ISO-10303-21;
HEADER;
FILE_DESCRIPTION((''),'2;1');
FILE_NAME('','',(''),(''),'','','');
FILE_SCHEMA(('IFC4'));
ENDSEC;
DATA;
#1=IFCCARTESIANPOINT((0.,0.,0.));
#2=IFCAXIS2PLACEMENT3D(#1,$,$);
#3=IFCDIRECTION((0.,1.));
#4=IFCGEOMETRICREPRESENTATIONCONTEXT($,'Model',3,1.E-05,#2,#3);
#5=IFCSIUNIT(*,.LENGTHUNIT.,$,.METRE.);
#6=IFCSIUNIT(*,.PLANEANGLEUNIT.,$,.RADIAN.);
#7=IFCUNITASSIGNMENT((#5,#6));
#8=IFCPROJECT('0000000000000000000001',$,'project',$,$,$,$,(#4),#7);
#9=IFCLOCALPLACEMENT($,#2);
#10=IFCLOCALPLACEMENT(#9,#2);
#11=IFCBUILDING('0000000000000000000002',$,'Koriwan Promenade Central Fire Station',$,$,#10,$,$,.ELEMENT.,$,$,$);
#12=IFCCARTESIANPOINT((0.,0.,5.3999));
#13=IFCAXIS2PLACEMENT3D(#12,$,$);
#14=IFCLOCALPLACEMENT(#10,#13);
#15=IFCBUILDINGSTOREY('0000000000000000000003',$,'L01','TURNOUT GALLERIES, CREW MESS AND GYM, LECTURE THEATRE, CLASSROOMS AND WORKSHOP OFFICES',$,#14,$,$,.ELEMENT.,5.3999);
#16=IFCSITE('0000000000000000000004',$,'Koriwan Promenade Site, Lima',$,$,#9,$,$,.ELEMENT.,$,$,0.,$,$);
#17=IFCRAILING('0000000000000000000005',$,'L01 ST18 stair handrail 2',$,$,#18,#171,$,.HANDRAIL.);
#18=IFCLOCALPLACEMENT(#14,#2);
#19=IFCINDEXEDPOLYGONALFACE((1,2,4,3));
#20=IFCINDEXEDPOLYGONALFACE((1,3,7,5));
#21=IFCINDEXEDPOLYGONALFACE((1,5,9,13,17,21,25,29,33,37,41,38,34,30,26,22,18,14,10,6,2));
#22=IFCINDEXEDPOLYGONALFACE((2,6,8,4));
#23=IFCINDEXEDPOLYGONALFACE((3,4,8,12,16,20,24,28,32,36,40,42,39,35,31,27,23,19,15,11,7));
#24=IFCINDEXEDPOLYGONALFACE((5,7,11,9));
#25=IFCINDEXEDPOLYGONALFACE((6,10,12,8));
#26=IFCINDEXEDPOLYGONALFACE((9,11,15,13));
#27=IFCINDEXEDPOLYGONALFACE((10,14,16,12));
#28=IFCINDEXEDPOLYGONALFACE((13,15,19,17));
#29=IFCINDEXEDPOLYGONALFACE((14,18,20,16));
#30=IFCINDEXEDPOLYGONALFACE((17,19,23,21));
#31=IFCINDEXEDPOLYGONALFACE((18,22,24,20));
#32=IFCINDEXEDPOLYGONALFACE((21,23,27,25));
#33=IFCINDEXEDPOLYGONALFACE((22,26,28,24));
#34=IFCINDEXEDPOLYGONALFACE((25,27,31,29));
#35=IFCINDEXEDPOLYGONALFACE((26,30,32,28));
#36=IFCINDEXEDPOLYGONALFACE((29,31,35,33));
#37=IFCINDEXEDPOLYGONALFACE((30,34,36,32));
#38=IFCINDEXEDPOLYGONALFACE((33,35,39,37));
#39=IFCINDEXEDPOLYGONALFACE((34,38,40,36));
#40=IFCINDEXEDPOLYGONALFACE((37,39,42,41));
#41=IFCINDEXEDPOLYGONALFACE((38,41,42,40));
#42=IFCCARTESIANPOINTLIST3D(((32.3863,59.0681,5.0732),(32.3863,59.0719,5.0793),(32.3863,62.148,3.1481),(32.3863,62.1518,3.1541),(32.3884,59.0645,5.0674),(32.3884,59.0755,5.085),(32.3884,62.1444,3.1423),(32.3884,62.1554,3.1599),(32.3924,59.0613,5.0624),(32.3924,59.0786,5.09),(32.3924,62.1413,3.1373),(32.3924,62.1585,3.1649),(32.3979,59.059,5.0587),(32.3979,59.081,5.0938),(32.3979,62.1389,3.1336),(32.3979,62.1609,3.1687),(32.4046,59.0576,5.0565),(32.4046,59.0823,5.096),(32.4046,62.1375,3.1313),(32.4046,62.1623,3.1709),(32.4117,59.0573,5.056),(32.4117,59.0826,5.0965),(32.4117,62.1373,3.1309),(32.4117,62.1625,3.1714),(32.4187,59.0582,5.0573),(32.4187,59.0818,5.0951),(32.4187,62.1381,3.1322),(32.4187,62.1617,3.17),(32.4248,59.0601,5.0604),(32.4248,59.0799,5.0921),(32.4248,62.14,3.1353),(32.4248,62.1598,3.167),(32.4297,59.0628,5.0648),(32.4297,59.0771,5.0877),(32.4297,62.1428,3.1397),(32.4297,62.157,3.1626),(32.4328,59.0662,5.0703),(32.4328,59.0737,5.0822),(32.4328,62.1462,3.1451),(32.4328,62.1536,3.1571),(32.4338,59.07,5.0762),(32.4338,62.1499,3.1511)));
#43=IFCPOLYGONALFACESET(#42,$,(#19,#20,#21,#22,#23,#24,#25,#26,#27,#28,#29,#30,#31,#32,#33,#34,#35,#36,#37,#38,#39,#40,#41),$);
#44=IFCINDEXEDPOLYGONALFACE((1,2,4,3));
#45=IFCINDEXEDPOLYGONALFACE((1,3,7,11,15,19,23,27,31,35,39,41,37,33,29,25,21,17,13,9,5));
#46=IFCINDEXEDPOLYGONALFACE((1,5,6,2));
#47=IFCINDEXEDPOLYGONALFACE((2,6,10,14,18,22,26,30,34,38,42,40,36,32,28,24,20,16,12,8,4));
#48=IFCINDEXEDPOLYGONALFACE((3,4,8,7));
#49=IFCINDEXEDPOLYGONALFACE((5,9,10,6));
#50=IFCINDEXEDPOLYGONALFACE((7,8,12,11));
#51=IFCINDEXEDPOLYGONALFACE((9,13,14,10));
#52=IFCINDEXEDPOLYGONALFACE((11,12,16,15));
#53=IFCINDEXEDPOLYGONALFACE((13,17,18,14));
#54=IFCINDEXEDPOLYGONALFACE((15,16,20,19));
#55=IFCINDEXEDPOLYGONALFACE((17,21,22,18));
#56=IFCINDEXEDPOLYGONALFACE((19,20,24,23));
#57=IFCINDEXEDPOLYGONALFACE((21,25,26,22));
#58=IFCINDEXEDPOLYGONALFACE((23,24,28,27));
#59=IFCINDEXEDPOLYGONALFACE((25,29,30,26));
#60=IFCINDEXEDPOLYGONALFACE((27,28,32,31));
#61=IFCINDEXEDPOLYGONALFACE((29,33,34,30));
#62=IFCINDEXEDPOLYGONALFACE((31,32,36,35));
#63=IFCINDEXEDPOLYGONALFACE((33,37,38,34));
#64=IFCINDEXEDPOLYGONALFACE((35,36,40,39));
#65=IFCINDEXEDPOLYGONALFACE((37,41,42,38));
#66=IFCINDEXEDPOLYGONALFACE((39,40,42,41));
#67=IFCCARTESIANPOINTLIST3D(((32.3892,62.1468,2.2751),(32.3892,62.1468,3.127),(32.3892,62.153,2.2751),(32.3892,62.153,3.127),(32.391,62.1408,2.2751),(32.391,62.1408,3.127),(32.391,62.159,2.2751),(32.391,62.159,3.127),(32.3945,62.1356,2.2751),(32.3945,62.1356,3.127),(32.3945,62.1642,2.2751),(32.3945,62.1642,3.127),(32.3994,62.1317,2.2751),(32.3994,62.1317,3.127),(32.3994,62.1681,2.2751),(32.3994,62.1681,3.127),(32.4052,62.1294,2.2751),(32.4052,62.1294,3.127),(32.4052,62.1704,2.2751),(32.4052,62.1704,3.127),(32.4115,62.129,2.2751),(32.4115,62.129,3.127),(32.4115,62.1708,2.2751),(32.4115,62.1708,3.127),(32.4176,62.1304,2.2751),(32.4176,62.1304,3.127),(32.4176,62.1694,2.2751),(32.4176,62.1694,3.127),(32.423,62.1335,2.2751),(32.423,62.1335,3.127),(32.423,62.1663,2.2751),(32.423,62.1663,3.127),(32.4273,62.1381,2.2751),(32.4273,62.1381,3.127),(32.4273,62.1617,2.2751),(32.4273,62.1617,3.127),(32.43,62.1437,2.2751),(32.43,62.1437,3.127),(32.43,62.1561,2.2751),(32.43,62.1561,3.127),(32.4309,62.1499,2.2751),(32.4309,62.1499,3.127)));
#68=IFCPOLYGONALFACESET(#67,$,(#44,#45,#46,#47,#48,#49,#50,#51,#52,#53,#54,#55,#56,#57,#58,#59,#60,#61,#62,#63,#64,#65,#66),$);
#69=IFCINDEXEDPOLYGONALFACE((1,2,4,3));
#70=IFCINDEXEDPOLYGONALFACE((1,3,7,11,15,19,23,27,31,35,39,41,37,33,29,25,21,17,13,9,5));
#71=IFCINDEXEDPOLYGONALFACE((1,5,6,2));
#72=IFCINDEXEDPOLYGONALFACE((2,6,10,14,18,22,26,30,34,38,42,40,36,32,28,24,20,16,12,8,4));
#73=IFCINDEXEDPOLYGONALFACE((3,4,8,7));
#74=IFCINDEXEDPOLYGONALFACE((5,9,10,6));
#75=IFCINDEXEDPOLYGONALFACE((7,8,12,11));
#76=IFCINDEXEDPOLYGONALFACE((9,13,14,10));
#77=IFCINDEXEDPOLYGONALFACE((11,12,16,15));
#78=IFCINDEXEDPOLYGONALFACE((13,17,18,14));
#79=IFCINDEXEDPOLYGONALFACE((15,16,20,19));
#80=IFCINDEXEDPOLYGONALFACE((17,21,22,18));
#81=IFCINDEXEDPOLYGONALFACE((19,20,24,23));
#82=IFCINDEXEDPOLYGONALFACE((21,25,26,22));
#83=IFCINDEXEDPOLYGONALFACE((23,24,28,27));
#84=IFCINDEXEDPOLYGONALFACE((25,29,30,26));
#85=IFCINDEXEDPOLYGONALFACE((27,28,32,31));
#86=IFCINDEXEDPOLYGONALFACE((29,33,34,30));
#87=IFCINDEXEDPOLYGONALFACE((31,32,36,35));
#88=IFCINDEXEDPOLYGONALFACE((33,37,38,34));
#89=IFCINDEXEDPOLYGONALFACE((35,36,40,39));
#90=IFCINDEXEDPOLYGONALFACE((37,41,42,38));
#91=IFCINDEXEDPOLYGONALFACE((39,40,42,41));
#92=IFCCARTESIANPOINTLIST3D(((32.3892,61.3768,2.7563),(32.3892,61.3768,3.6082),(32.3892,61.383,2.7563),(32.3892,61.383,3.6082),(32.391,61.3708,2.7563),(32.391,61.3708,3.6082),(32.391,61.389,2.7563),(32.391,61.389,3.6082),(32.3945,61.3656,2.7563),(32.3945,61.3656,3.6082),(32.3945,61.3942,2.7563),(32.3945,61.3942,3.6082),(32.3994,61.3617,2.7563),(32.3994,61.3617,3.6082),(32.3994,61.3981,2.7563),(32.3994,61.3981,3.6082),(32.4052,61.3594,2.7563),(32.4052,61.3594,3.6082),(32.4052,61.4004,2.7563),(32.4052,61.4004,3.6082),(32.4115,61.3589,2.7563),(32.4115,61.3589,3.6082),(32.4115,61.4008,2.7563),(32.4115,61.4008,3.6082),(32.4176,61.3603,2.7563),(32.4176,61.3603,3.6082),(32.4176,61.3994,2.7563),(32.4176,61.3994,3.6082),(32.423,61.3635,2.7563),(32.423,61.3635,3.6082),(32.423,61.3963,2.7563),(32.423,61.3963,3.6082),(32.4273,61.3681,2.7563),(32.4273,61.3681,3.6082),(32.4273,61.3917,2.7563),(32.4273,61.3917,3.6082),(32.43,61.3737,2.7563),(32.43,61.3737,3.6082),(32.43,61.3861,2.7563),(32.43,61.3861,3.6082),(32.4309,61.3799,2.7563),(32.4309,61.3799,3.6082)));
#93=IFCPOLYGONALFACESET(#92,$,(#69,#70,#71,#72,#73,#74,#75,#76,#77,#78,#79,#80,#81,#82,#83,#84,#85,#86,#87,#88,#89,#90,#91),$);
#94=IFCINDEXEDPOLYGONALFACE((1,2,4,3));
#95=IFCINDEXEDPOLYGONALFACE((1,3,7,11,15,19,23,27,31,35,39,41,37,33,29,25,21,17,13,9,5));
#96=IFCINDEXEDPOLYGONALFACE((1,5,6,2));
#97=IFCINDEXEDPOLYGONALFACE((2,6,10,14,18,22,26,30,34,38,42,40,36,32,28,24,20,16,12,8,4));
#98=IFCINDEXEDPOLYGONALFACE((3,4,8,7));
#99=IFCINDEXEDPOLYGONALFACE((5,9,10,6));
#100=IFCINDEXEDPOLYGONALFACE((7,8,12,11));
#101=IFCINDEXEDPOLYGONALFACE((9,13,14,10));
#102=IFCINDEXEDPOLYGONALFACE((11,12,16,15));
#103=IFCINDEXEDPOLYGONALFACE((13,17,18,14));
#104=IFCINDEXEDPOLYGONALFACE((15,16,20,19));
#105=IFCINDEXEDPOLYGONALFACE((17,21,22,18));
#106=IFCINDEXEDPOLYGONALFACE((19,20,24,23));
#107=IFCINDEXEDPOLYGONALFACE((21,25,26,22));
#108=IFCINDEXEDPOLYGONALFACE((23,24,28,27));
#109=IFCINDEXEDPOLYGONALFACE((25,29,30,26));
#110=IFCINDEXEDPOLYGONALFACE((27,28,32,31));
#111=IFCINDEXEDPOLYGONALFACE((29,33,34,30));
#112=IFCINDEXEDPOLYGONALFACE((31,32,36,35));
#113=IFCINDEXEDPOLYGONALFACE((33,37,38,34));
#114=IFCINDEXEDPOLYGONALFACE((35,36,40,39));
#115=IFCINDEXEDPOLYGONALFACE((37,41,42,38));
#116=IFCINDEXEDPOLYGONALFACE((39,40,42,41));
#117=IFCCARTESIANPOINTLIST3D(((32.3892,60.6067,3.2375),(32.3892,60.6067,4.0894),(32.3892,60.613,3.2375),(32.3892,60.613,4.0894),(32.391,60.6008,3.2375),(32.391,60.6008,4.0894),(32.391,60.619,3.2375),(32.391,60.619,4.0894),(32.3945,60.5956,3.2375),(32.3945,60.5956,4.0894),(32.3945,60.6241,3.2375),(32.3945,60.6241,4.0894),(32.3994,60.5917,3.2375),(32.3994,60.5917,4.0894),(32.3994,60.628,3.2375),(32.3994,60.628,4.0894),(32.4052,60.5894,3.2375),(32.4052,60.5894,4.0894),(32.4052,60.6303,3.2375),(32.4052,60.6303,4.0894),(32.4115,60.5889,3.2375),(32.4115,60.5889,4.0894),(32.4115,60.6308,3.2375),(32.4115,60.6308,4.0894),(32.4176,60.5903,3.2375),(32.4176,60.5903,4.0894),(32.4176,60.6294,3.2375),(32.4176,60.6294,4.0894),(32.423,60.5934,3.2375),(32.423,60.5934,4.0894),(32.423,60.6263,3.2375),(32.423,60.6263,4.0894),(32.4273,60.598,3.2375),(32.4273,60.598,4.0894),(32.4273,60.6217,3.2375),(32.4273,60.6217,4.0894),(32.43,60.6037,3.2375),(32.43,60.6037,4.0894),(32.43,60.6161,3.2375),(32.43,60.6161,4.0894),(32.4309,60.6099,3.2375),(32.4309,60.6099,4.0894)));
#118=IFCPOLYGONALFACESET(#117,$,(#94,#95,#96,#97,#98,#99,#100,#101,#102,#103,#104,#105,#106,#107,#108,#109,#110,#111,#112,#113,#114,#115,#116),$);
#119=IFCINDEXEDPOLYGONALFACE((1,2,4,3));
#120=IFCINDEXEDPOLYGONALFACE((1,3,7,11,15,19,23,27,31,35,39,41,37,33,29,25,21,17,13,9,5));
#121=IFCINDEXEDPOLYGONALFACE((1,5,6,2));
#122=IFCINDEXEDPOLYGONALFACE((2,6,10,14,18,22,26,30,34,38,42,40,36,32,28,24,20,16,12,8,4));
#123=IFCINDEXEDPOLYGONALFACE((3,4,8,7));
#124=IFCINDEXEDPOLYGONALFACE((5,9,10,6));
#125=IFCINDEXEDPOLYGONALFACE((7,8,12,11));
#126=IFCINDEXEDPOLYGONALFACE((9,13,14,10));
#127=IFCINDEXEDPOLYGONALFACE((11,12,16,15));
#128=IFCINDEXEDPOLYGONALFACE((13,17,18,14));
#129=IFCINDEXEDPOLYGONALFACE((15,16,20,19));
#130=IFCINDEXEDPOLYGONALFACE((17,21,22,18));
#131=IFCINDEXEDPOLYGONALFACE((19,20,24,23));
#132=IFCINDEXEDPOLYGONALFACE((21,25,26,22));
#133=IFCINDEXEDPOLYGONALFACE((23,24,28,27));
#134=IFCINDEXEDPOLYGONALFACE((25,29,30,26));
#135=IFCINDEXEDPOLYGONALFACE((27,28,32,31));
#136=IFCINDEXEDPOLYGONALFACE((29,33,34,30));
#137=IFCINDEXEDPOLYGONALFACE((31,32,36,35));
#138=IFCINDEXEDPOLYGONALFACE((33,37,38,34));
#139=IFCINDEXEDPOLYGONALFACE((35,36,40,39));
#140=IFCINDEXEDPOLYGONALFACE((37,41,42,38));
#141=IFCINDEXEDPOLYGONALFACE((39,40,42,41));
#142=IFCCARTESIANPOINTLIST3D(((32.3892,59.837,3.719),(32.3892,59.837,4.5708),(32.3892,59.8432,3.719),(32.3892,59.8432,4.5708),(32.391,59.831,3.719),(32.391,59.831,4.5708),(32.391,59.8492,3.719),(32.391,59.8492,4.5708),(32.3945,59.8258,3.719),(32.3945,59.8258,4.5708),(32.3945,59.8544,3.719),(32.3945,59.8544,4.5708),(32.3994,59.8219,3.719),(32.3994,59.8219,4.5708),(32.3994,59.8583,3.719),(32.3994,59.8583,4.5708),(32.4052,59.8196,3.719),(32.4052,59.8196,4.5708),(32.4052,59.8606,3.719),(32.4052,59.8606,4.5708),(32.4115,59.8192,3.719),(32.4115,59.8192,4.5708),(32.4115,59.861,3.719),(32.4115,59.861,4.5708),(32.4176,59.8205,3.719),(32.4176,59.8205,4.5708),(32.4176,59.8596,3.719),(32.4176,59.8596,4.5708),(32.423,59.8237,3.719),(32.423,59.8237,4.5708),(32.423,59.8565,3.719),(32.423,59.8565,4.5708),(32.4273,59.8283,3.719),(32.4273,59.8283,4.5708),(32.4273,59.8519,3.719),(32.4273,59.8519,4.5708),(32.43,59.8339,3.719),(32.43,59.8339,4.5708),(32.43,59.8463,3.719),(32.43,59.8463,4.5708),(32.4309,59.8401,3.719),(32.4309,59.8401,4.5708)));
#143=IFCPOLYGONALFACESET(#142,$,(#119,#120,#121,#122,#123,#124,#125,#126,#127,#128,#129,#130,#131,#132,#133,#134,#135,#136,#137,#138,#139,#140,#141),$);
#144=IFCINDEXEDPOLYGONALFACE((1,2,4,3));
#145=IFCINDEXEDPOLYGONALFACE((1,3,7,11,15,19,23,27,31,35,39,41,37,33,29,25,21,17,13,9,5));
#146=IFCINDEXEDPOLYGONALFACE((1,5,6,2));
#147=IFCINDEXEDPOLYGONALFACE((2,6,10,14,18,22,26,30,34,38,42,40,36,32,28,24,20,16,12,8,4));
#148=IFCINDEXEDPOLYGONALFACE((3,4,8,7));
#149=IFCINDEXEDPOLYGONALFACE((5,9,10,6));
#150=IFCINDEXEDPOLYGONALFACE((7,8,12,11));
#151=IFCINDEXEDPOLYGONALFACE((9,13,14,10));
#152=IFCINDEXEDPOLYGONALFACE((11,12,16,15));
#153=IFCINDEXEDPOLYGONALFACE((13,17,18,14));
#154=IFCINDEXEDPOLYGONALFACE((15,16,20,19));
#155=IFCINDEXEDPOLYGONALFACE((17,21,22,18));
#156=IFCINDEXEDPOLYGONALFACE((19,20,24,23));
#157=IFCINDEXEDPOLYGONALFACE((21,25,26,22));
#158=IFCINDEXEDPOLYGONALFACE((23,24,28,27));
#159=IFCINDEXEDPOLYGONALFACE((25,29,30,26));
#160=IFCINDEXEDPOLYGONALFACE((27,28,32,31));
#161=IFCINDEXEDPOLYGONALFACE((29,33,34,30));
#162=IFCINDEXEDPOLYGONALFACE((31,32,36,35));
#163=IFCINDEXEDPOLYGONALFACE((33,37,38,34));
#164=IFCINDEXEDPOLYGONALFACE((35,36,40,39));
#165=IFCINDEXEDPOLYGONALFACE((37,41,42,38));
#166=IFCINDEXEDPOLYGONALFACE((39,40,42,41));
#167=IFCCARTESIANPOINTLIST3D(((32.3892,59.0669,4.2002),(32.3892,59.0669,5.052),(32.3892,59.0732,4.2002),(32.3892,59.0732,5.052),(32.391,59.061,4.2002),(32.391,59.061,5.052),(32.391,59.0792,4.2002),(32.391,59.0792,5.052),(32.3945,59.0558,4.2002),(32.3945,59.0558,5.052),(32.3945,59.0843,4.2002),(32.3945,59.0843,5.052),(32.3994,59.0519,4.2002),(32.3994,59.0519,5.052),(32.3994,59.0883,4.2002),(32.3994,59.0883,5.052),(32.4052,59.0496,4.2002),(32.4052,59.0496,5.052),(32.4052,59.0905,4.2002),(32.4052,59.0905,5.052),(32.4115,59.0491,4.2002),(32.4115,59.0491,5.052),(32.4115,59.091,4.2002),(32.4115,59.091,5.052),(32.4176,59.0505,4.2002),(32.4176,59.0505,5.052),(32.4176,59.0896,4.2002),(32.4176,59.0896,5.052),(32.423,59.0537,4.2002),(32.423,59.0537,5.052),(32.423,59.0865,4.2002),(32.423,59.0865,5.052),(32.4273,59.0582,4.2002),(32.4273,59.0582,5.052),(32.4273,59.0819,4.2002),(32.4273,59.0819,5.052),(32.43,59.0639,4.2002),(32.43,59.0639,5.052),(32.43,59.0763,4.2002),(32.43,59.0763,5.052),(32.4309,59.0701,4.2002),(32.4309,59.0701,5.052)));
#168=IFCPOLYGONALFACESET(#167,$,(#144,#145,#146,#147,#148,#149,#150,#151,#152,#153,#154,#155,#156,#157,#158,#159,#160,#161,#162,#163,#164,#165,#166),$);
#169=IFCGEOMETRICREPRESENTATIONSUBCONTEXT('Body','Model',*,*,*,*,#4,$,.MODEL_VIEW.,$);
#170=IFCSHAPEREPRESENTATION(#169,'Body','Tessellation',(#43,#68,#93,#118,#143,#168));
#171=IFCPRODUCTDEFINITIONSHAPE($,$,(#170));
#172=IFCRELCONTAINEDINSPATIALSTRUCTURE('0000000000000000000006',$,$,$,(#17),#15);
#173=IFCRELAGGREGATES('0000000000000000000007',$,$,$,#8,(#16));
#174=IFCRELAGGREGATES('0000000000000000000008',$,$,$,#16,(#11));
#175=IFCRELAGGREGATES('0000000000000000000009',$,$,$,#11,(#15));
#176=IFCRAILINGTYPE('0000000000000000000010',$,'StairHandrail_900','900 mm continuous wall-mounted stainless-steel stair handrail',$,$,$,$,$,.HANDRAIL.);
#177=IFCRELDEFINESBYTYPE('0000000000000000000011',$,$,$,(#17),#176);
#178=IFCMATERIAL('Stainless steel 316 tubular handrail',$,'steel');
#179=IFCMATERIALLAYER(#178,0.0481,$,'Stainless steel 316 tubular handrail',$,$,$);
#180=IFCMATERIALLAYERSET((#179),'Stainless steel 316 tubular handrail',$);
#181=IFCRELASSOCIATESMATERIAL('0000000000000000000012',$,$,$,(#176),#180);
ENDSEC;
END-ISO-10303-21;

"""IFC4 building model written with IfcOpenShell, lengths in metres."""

from ifc_helpers import new_model, si_unit, direction, frame, origin, origin_2d, place, context, subcontext, project, spatial, circle, extrude, material, layer, layer_set, type_object, element, save


model = new_model("IFC4")

# Units and contexts
model_context = context("Model", 3, precision=1e-05, world=origin(), true_north=direction((0.0, 1.0)))
body_context = subcontext(model_context, "Body", "Model", "MODEL_VIEW")
ifc_project = project(units=[si_unit("LENGTHUNIT", "METRE"), si_unit("PLANEANGLEUNIT", "RADIAN")], contexts=[model_context])

# Site, building, storey
site_placement = place(None, origin())
site = spatial("IfcSite", under=ifc_project, at=site_placement, Name="Koriwan Promenade Site, Lima", CompositionType="ELEMENT", RefElevation=0.0)
building_placement = place(site_placement, origin())
building = spatial("IfcBuilding", under=site, at=building_placement, Name="Koriwan Promenade Central Fire Station", CompositionType="ELEMENT")
storey_placement = place(building_placement, frame((0.0, 0.0, 5.3999)))
storey = spatial("IfcBuildingStorey", under=building, at=storey_placement, Name="L01", Description="TURNOUT GALLERIES, CREW MESS AND GYM, LECTURE THEATRE, CLASSROOMS AND WORKSHOP OFFICES", CompositionType="ELEMENT", Elevation=5.3999)

# Railing
ifc_material_1 = material(Name="Stainless steel 316 tubular handrail", Category="steel")
ifc_layer_1 = layer(ifc_material_1, 0.0481, Name="Stainless steel 316 tubular handrail")
ifc_layer_set_1 = layer_set([ifc_layer_1], Name="Stainless steel 316 tubular handrail")
railing_type_1 = type_object("IfcRailingType", Name="StairHandrail_900", Description="900 mm continuous wall-mounted stainless-steel stair handrail", PredefinedType="HANDRAIL", material=ifc_layer_set_1)
railing_1_placement = place(storey_placement, frame((32.4099, 62.1499, 2.2751)))
element("IfcRailing", 1, at=railing_1_placement, inside=storey, type_object=railing_type_1, Name="L01 ST18 stair handrail 2", PredefinedType="HANDRAIL", context=body_context, shape_type="SweptSolid", body=[
    extrude(circle(Radius=0.0239, at=origin_2d()), frame((0.0, 0.0, 0.876), z_axis=(0.0, -0.847979, 0.530029), x_axis=(1.0, 0.0, 0.0)), (0.0, 0.0, 1.0), 3.6321),
    extrude(circle(Radius=0.021, at=origin_2d()), origin(), (0.0, 0.0, 1.0), 0.8518),
    extrude(circle(Radius=0.021, at=origin_2d()), frame((0.0, -0.77, 0.4812)), (0.0, 0.0, 1.0), 0.8518),
    extrude(circle(Radius=0.021, at=origin_2d()), frame((0.0, -1.54, 0.9624)), (0.0, 0.0, 1.0), 0.8518),
    extrude(circle(Radius=0.021, at=origin_2d()), frame((0.0, -2.3098, 1.4438)), (0.0, 0.0, 1.0), 0.8518),
    extrude(circle(Radius=0.021, at=origin_2d()), frame((0.0, -3.0798, 1.925)), (0.0, 0.0, 1.0), 0.8518),
])

save(model, "model.ifc")
